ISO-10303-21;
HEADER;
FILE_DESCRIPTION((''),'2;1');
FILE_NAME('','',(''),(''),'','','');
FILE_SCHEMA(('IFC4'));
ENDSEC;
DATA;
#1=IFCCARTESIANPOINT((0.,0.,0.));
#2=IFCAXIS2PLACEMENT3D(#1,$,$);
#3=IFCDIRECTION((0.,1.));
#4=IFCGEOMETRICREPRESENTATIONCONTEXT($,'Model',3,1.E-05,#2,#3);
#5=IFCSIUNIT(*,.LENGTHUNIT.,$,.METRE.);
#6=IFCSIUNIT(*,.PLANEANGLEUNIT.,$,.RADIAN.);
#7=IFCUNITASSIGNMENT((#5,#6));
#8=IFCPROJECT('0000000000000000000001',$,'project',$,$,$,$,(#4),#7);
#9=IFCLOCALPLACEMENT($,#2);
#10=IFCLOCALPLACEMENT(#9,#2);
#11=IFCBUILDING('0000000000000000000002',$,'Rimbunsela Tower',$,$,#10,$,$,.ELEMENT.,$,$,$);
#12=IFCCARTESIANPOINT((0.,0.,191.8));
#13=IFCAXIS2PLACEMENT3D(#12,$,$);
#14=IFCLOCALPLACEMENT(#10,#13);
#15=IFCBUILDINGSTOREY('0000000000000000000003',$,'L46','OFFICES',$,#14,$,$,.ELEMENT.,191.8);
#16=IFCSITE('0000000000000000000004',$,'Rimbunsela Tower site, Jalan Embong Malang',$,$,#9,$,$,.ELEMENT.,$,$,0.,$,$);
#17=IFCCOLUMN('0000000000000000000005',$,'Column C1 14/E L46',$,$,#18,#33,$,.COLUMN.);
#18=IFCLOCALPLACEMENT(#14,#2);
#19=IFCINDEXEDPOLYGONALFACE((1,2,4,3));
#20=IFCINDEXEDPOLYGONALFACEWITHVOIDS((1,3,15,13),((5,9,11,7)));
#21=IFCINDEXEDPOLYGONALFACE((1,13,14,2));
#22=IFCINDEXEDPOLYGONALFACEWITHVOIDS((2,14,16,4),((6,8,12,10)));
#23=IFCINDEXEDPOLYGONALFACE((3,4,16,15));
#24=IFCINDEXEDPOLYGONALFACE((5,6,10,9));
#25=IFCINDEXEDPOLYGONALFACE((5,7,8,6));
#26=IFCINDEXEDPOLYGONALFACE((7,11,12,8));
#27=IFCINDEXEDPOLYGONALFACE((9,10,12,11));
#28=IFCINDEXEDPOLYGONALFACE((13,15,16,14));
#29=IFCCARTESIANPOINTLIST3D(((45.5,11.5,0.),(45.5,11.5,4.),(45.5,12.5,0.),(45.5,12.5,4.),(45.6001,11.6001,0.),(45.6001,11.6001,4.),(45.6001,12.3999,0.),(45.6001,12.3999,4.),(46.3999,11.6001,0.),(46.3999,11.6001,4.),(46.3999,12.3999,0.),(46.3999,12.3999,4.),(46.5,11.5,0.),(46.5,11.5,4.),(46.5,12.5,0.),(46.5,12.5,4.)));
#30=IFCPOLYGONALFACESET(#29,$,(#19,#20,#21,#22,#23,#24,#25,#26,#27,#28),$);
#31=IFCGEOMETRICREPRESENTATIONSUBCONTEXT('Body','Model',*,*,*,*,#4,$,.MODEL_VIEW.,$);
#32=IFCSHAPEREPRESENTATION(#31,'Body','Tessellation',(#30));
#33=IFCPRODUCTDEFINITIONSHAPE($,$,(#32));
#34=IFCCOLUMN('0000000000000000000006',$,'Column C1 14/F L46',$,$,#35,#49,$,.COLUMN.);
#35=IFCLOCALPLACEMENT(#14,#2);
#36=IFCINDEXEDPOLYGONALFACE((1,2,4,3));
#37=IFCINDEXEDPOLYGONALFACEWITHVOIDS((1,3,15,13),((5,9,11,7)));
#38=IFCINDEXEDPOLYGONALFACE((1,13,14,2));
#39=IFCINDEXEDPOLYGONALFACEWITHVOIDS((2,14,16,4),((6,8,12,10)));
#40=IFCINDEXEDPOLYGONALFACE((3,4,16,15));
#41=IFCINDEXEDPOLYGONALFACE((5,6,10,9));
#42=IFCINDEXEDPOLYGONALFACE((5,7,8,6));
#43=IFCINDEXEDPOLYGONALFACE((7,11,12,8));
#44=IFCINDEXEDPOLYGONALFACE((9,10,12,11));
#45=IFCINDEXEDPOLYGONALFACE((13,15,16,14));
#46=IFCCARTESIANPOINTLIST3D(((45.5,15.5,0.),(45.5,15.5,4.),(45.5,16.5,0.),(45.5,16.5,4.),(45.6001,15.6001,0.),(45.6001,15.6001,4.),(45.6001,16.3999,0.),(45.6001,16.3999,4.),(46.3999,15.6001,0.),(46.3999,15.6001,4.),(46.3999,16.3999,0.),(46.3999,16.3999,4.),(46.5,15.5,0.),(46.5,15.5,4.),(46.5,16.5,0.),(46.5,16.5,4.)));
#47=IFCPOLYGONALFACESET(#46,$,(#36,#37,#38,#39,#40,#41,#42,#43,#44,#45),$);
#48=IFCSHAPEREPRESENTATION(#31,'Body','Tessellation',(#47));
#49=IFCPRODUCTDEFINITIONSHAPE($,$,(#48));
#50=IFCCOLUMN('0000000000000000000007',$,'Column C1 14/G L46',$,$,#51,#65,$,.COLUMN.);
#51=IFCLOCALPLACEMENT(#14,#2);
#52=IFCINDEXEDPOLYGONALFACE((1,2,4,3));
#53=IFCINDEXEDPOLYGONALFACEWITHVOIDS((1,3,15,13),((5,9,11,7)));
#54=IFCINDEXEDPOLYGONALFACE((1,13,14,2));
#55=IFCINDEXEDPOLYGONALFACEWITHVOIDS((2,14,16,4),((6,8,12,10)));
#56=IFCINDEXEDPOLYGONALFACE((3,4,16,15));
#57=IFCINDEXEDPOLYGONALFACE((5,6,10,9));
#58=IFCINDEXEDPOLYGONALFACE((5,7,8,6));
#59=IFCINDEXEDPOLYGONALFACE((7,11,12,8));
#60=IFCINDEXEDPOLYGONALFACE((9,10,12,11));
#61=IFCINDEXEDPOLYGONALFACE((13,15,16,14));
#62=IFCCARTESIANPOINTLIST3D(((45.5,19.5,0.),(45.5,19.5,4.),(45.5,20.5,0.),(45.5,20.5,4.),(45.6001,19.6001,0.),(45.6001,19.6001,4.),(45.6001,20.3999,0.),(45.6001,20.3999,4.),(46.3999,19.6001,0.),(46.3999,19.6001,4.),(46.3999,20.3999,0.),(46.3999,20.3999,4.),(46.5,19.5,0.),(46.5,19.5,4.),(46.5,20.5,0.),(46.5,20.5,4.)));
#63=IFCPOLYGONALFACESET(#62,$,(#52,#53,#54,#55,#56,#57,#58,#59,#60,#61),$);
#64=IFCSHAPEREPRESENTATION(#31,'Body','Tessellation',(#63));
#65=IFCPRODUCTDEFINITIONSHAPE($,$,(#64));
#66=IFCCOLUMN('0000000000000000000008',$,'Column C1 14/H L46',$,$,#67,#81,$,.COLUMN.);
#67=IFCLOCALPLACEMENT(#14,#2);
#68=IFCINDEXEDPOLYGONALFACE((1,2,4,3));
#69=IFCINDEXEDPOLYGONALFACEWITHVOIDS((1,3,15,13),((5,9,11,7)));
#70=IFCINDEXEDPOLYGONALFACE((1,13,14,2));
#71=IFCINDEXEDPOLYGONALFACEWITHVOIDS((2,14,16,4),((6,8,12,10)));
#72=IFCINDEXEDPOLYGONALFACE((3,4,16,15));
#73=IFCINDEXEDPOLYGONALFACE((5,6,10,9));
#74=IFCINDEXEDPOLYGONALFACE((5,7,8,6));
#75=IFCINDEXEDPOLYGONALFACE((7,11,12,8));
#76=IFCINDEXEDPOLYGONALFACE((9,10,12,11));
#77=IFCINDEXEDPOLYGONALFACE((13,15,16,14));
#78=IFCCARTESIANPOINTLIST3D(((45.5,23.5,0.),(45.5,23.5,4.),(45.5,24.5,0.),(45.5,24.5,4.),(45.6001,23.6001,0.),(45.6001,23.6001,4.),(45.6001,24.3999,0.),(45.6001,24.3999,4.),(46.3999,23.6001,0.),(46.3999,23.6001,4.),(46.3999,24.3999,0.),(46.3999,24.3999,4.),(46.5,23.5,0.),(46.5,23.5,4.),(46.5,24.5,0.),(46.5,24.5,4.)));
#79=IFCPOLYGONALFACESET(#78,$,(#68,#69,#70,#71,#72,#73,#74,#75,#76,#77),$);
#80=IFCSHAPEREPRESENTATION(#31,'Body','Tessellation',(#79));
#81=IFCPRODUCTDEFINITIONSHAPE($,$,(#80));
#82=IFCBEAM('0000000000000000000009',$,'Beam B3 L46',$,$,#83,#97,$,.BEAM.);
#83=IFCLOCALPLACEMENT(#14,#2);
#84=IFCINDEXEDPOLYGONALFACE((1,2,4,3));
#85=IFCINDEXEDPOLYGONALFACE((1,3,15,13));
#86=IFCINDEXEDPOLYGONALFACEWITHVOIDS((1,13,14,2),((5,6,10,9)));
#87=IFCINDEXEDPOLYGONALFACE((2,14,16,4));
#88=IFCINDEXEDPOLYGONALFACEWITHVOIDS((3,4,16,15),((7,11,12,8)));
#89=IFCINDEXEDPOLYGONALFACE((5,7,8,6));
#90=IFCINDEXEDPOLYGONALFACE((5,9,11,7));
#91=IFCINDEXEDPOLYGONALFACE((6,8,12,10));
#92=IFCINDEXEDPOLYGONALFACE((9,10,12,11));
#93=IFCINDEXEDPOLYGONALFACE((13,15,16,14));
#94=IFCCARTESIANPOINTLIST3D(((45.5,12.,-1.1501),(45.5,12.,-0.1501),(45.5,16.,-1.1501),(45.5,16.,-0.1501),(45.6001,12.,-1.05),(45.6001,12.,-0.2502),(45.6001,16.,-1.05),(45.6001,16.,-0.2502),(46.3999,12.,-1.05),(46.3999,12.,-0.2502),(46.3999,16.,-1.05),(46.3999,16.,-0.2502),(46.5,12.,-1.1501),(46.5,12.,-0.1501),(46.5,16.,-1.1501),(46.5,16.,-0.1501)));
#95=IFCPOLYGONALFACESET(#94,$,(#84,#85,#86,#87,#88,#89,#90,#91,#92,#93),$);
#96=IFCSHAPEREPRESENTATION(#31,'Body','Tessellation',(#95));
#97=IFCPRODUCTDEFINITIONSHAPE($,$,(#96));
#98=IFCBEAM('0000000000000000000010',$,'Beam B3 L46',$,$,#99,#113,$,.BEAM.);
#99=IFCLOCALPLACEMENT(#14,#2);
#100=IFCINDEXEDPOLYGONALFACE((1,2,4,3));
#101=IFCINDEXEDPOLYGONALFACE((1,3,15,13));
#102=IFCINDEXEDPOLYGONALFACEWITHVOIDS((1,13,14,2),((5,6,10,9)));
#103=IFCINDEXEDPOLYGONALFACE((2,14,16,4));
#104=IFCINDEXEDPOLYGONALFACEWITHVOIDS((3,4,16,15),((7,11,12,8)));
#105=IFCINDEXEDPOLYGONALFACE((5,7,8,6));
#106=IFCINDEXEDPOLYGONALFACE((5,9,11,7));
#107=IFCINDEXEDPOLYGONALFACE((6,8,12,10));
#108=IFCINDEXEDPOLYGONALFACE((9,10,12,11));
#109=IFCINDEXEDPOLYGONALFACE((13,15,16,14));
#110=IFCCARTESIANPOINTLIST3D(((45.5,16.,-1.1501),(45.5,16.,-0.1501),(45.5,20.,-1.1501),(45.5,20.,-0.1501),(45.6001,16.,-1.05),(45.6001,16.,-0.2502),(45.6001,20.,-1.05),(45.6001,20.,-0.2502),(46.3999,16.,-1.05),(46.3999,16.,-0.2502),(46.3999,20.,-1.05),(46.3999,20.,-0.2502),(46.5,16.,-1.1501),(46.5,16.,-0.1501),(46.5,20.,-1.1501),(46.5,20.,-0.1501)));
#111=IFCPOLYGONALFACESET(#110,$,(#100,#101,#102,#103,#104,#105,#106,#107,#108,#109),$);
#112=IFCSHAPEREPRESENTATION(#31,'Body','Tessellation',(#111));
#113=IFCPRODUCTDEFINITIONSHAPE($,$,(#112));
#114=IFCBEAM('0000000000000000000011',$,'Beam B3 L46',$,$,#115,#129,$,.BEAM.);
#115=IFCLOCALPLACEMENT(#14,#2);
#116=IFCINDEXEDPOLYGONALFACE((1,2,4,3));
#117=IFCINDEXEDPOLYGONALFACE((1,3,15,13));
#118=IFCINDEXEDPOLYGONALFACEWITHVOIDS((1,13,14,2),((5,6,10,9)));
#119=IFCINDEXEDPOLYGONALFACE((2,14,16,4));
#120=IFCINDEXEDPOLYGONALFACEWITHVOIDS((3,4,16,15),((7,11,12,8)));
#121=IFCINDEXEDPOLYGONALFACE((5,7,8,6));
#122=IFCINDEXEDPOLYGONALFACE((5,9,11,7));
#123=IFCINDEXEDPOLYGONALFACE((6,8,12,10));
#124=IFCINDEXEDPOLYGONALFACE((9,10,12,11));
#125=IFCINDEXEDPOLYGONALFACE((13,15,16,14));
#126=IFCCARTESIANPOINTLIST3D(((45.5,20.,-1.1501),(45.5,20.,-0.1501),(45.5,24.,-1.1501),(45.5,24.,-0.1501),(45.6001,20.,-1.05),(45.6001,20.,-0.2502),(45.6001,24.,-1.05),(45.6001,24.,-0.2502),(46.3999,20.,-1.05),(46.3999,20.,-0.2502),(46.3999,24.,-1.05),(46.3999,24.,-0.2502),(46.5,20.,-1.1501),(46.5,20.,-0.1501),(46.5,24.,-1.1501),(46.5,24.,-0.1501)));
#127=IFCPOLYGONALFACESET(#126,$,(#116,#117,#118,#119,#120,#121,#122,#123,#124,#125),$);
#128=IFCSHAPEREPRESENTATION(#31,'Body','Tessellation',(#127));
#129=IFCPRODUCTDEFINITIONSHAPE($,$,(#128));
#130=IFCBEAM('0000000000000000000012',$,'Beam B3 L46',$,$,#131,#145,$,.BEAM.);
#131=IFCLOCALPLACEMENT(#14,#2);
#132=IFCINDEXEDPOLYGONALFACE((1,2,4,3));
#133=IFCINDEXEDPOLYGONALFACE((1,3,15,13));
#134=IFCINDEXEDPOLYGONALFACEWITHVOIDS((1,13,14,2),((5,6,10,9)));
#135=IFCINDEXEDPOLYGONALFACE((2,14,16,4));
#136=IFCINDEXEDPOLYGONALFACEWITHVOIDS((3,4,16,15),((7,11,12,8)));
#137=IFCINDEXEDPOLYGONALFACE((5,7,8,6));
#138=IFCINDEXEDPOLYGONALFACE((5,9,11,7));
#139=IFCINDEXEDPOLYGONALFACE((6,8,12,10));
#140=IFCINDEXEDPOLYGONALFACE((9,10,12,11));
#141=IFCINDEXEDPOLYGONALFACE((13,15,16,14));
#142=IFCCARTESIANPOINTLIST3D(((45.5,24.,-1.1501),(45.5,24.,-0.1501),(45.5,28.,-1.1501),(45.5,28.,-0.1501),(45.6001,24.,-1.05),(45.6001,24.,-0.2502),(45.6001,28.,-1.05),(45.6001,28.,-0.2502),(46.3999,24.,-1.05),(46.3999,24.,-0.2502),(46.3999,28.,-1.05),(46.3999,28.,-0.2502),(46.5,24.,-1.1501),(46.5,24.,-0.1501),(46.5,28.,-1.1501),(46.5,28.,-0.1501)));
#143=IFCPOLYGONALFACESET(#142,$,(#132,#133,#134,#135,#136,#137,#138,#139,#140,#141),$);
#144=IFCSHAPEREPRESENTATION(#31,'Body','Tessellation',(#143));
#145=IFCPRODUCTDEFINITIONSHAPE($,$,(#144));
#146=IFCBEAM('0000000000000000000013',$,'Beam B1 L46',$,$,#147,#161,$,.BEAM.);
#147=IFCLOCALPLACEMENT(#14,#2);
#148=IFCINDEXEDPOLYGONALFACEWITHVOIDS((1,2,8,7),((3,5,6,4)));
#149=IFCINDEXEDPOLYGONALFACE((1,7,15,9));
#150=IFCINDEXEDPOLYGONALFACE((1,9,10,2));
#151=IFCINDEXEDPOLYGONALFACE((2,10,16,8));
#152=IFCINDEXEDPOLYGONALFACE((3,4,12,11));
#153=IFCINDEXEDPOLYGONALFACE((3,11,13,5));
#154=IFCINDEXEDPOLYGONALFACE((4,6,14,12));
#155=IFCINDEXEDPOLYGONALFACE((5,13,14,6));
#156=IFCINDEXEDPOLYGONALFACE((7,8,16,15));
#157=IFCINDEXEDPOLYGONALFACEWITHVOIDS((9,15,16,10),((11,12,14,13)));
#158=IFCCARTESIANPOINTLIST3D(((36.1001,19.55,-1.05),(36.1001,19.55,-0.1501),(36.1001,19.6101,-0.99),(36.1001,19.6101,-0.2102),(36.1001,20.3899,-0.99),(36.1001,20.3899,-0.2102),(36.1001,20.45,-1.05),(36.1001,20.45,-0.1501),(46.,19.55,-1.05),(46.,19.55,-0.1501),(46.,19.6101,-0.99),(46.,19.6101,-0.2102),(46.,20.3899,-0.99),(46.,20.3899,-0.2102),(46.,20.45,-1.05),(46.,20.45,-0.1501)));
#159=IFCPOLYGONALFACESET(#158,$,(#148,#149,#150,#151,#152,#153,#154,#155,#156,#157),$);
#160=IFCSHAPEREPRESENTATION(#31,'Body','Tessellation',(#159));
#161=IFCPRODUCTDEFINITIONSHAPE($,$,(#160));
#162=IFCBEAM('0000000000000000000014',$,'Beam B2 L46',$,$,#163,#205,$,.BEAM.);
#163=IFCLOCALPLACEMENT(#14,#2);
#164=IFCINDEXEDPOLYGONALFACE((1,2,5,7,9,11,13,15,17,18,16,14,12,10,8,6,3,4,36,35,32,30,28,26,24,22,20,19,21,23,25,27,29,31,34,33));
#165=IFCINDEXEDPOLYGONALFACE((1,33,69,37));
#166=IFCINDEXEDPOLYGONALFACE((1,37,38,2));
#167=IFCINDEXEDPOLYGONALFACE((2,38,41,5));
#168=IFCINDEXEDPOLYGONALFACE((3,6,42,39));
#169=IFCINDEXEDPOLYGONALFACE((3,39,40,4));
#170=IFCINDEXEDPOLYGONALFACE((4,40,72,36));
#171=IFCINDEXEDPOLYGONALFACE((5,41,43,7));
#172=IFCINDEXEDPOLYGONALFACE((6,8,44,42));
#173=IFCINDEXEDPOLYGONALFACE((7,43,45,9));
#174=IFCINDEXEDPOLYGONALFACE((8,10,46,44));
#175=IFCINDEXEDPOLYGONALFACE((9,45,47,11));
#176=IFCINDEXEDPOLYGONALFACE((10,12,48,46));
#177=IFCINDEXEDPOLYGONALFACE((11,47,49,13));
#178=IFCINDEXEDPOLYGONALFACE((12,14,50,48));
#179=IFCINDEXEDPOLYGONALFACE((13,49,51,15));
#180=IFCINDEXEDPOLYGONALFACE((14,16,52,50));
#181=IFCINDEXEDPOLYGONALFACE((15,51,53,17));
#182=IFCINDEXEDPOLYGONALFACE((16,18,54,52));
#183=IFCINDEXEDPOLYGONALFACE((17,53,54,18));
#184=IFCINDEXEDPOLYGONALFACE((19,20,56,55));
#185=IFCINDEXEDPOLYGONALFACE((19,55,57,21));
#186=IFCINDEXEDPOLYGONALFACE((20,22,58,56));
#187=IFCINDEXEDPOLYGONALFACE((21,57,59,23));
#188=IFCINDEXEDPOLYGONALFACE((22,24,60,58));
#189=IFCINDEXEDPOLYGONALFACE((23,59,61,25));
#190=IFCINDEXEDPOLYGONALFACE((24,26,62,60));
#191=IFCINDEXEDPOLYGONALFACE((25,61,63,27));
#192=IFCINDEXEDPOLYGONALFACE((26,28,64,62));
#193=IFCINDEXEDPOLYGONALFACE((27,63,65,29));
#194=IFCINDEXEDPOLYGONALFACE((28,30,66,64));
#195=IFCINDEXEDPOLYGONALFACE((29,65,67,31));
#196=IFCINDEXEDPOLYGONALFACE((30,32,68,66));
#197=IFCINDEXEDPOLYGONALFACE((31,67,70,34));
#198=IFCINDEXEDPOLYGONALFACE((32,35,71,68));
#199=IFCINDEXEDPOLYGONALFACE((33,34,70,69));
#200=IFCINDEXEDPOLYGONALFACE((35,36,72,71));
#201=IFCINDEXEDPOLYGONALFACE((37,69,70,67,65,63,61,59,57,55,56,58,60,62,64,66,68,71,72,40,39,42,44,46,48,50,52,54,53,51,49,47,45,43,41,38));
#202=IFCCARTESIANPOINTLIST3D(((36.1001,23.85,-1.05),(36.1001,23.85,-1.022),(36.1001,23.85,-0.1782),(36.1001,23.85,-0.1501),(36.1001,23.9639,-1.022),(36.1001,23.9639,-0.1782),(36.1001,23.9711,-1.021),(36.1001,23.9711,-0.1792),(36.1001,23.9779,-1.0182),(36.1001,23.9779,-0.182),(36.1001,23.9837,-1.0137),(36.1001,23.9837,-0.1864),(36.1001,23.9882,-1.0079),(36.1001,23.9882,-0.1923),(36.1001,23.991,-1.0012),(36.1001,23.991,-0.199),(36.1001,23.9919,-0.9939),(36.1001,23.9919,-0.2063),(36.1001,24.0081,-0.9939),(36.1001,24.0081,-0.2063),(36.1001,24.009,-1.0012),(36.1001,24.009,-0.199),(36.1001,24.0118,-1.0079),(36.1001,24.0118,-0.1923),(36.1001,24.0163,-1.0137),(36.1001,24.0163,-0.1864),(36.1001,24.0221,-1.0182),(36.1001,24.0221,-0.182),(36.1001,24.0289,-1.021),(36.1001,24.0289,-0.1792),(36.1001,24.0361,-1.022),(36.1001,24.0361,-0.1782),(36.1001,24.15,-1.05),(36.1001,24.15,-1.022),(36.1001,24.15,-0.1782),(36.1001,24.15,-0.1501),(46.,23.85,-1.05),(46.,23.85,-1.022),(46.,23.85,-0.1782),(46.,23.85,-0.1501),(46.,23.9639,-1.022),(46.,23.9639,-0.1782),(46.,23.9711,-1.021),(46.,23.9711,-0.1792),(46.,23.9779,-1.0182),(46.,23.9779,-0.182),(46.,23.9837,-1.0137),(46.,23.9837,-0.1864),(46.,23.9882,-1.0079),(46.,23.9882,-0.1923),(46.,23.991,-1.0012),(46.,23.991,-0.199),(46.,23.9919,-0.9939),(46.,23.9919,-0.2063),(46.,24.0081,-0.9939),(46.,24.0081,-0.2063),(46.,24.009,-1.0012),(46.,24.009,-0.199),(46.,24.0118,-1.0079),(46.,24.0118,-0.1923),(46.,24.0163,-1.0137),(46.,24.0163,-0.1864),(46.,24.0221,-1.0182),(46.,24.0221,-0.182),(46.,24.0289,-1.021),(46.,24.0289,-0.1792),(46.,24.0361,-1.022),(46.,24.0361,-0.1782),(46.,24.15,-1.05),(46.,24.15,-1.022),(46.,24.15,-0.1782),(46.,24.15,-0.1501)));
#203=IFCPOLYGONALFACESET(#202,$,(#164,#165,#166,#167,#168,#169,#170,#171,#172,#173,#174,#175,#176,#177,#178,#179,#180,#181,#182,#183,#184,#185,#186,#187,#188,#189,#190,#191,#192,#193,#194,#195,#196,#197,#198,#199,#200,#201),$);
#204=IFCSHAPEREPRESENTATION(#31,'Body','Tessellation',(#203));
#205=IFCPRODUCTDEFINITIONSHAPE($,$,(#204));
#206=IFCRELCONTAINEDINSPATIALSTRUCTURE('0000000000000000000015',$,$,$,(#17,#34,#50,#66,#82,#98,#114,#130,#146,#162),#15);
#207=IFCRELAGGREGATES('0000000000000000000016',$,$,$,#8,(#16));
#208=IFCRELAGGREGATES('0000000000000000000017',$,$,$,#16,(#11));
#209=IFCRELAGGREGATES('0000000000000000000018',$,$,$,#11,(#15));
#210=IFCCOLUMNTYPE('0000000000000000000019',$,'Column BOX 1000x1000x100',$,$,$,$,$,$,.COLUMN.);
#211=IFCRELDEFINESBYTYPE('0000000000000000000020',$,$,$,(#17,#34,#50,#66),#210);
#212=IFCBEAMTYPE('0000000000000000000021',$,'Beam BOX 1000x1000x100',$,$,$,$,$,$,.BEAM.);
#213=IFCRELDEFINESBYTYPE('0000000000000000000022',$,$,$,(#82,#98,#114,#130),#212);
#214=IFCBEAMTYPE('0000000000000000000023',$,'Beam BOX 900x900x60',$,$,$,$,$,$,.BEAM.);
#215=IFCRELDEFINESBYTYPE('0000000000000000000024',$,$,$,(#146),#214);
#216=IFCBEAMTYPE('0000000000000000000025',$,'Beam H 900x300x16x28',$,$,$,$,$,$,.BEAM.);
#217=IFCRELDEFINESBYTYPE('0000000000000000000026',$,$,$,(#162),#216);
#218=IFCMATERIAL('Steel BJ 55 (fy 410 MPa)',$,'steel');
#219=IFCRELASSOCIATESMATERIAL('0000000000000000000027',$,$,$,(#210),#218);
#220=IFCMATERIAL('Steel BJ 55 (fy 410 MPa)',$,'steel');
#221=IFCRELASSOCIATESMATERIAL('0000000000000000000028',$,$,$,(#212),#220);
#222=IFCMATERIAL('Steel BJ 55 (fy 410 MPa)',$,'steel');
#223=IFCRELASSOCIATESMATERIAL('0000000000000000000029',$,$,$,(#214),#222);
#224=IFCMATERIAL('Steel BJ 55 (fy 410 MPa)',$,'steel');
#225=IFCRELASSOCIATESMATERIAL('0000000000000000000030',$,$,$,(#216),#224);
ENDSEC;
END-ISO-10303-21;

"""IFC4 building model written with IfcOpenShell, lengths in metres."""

from ifc_helpers import new_model, si_unit, direction, frame, origin, origin_2d, place, context, subcontext, project, spatial, hollow_rectangle, i_section, extrude, material, material_profile, profile_set, type_object, element, save


model = new_model("IFC4")

# Units and contexts
model_context = context("Model", 3, precision=1e-05, world=origin(), true_north=direction((0.0, 1.0)))
body_context = subcontext(model_context, "Body", "Model", "MODEL_VIEW")
ifc_project = project(units=[si_unit("LENGTHUNIT", "METRE"), si_unit("PLANEANGLEUNIT", "RADIAN")], contexts=[model_context])

# Site, building, storey
site_placement = place(None, origin())
site = spatial("IfcSite", under=ifc_project, at=site_placement, Name="Rimbunsela Tower site, Jalan Embong Malang", CompositionType="ELEMENT", RefElevation=0.0)
building_placement = place(site_placement, origin())
building = spatial("IfcBuilding", under=site, at=building_placement, Name="Rimbunsela Tower", CompositionType="ELEMENT")
storey_placement = place(building_placement, frame((0.0, 0.0, 191.8)))
storey = spatial("IfcBuildingStorey", under=building, at=storey_placement, Name="L46", Description="OFFICES", CompositionType="ELEMENT", Elevation=191.8)

# Columns
ifc_material_1 = material(Name="Steel BJ 55 (fy 410 MPa)", Category="steel")
ifc_material_profile_1 = material_profile(ifc_material_1, hollow_rectangle(XDim=1.0, YDim=1.0, WallThickness=0.1001, at=origin_2d()), Name="BOX 1000x1000x100")
ifc_profile_set_1 = profile_set([ifc_material_profile_1], Name="Steel BJ 55 (fy 410 MPa)")
column_type = type_object("IfcColumnType", Name="Column BOX 1000x1000x100", PredefinedType="COLUMN", material=ifc_profile_set_1)
for number, where, z_axis, x_axis, name in (
    (1, (46.0, 12.0, 0.0), (0.0, 0.0, 1.0), (1.0, 0.0, 0.0), "Column C1 14/E L46"),
    (2, (46.0, 16.0, 0.0), (0.0, 0.0, 1.0), (1.0, 0.0, 0.0), "Column C1 14/F L46"),
    (3, (46.0, 20.0, 0.0), (0.0, 0.0, 1.0), (1.0, 0.0, 0.0), "Column C1 14/G L46"),
    (4, (46.0, 24.0, 0.0), (0.0, 0.0, 1.0), (1.0, 0.0, 0.0), "Column C1 14/H L46"),
):
    element("IfcColumn", number, at=place(storey_placement, frame(where, z_axis=z_axis, x_axis=x_axis)), inside=storey, type_object=column_type, Name=name, PredefinedType="COLUMN", context=body_context, shape_type="SweptSolid", body=[
        extrude(hollow_rectangle(XDim=1.0, YDim=1.0, WallThickness=0.1001, at=origin_2d()), origin(), (0.0, 0.0, 1.0), 4.0),
    ])

# Beams
ifc_material_2 = material(Name="Steel BJ 55 (fy 410 MPa)", Category="steel")
ifc_material_profile_2 = material_profile(ifc_material_2, hollow_rectangle(XDim=1.0, YDim=1.0, WallThickness=0.1001, at=origin_2d()), Name="BOX 1000x1000x100")
ifc_profile_set_2 = profile_set([ifc_material_profile_2], Name="Steel BJ 55 (fy 410 MPa)")
beam_type_1 = type_object("IfcBeamType", Name="Beam BOX 1000x1000x100", PredefinedType="BEAM", material=ifc_profile_set_2)
for number, where, z_axis, x_axis, name in (
    (5, (46.0, 12.0, -0.6501), (0.0, 1.0, 0.0), (-1.0, 0.0, 0.0), "Beam B3 L46"),
    (6, (46.0, 16.0, -0.6501), (0.0, 1.0, 0.0), (-1.0, 0.0, 0.0), "Beam B3 L46"),
    (7, (46.0, 20.0, -0.6501), (0.0, 1.0, 0.0), (-1.0, 0.0, 0.0), "Beam B3 L46"),
    (8, (46.0, 24.0, -0.6501), (0.0, 1.0, 0.0), (-1.0, 0.0, 0.0), "Beam B3 L46"),
):
    element("IfcBeam", number, at=place(storey_placement, frame(where, z_axis=z_axis, x_axis=x_axis)), inside=storey, type_object=beam_type_1, Name=name, PredefinedType="BEAM", context=body_context, shape_type="SweptSolid", body=[
        extrude(hollow_rectangle(XDim=1.0, YDim=1.0, WallThickness=0.1001, at=origin_2d()), origin(), (0.0, 0.0, 1.0), 4.0),
    ])
ifc_material_3 = material(Name="Steel BJ 55 (fy 410 MPa)", Category="steel")
ifc_material_profile_3 = material_profile(ifc_material_3, hollow_rectangle(XDim=0.8999, YDim=0.8999, WallThickness=0.0601, at=origin_2d()), Name="BOX 900x900x60")
ifc_profile_set_3 = profile_set([ifc_material_profile_3], Name="Steel BJ 55 (fy 410 MPa)")
beam_type_2 = type_object("IfcBeamType", Name="Beam BOX 900x900x60", PredefinedType="BEAM", material=ifc_profile_set_3)
beam_1_placement = place(storey_placement, frame((36.1001, 20.0, -0.6001), z_axis=(1.0, 0.0, 0.0), x_axis=(0.0, 1.0, 0.0)))
element("IfcBeam", 9, at=beam_1_placement, inside=storey, type_object=beam_type_2, Name="Beam B1 L46", PredefinedType="BEAM", context=body_context, shape_type="SweptSolid", body=[
    extrude(hollow_rectangle(XDim=0.8999, YDim=0.8999, WallThickness=0.0601, at=origin_2d()), origin(), (0.0, 0.0, 1.0), 9.8999),
])
ifc_material_4 = material(Name="Steel BJ 55 (fy 410 MPa)", Category="steel")
ifc_material_profile_4 = material_profile(ifc_material_4, i_section(OverallWidth=0.3, OverallDepth=0.8999, WebThickness=0.0161, FlangeThickness=0.0281, FilletRadius=0.0281, at=origin_2d()), Name="H 900x300x16x28")
ifc_profile_set_4 = profile_set([ifc_material_profile_4], Name="Steel BJ 55 (fy 410 MPa)")
beam_type_3 = type_object("IfcBeamType", Name="Beam H 900x300x16x28", PredefinedType="BEAM", material=ifc_profile_set_4)
beam_2_placement = place(storey_placement, frame((36.1001, 24.0, -0.6001), z_axis=(1.0, 0.0, 0.0), x_axis=(0.0, 1.0, 0.0)))
element("IfcBeam", 10, at=beam_2_placement, inside=storey, type_object=beam_type_3, Name="Beam B2 L46", PredefinedType="BEAM", context=body_context, shape_type="SweptSolid", body=[
    extrude(i_section(OverallWidth=0.3, OverallDepth=0.8999, WebThickness=0.0161, FlangeThickness=0.0281, FilletRadius=0.0281, at=origin_2d()), origin(), (0.0, 0.0, 1.0), 9.8999),
])

save(model, "model.ifc")
